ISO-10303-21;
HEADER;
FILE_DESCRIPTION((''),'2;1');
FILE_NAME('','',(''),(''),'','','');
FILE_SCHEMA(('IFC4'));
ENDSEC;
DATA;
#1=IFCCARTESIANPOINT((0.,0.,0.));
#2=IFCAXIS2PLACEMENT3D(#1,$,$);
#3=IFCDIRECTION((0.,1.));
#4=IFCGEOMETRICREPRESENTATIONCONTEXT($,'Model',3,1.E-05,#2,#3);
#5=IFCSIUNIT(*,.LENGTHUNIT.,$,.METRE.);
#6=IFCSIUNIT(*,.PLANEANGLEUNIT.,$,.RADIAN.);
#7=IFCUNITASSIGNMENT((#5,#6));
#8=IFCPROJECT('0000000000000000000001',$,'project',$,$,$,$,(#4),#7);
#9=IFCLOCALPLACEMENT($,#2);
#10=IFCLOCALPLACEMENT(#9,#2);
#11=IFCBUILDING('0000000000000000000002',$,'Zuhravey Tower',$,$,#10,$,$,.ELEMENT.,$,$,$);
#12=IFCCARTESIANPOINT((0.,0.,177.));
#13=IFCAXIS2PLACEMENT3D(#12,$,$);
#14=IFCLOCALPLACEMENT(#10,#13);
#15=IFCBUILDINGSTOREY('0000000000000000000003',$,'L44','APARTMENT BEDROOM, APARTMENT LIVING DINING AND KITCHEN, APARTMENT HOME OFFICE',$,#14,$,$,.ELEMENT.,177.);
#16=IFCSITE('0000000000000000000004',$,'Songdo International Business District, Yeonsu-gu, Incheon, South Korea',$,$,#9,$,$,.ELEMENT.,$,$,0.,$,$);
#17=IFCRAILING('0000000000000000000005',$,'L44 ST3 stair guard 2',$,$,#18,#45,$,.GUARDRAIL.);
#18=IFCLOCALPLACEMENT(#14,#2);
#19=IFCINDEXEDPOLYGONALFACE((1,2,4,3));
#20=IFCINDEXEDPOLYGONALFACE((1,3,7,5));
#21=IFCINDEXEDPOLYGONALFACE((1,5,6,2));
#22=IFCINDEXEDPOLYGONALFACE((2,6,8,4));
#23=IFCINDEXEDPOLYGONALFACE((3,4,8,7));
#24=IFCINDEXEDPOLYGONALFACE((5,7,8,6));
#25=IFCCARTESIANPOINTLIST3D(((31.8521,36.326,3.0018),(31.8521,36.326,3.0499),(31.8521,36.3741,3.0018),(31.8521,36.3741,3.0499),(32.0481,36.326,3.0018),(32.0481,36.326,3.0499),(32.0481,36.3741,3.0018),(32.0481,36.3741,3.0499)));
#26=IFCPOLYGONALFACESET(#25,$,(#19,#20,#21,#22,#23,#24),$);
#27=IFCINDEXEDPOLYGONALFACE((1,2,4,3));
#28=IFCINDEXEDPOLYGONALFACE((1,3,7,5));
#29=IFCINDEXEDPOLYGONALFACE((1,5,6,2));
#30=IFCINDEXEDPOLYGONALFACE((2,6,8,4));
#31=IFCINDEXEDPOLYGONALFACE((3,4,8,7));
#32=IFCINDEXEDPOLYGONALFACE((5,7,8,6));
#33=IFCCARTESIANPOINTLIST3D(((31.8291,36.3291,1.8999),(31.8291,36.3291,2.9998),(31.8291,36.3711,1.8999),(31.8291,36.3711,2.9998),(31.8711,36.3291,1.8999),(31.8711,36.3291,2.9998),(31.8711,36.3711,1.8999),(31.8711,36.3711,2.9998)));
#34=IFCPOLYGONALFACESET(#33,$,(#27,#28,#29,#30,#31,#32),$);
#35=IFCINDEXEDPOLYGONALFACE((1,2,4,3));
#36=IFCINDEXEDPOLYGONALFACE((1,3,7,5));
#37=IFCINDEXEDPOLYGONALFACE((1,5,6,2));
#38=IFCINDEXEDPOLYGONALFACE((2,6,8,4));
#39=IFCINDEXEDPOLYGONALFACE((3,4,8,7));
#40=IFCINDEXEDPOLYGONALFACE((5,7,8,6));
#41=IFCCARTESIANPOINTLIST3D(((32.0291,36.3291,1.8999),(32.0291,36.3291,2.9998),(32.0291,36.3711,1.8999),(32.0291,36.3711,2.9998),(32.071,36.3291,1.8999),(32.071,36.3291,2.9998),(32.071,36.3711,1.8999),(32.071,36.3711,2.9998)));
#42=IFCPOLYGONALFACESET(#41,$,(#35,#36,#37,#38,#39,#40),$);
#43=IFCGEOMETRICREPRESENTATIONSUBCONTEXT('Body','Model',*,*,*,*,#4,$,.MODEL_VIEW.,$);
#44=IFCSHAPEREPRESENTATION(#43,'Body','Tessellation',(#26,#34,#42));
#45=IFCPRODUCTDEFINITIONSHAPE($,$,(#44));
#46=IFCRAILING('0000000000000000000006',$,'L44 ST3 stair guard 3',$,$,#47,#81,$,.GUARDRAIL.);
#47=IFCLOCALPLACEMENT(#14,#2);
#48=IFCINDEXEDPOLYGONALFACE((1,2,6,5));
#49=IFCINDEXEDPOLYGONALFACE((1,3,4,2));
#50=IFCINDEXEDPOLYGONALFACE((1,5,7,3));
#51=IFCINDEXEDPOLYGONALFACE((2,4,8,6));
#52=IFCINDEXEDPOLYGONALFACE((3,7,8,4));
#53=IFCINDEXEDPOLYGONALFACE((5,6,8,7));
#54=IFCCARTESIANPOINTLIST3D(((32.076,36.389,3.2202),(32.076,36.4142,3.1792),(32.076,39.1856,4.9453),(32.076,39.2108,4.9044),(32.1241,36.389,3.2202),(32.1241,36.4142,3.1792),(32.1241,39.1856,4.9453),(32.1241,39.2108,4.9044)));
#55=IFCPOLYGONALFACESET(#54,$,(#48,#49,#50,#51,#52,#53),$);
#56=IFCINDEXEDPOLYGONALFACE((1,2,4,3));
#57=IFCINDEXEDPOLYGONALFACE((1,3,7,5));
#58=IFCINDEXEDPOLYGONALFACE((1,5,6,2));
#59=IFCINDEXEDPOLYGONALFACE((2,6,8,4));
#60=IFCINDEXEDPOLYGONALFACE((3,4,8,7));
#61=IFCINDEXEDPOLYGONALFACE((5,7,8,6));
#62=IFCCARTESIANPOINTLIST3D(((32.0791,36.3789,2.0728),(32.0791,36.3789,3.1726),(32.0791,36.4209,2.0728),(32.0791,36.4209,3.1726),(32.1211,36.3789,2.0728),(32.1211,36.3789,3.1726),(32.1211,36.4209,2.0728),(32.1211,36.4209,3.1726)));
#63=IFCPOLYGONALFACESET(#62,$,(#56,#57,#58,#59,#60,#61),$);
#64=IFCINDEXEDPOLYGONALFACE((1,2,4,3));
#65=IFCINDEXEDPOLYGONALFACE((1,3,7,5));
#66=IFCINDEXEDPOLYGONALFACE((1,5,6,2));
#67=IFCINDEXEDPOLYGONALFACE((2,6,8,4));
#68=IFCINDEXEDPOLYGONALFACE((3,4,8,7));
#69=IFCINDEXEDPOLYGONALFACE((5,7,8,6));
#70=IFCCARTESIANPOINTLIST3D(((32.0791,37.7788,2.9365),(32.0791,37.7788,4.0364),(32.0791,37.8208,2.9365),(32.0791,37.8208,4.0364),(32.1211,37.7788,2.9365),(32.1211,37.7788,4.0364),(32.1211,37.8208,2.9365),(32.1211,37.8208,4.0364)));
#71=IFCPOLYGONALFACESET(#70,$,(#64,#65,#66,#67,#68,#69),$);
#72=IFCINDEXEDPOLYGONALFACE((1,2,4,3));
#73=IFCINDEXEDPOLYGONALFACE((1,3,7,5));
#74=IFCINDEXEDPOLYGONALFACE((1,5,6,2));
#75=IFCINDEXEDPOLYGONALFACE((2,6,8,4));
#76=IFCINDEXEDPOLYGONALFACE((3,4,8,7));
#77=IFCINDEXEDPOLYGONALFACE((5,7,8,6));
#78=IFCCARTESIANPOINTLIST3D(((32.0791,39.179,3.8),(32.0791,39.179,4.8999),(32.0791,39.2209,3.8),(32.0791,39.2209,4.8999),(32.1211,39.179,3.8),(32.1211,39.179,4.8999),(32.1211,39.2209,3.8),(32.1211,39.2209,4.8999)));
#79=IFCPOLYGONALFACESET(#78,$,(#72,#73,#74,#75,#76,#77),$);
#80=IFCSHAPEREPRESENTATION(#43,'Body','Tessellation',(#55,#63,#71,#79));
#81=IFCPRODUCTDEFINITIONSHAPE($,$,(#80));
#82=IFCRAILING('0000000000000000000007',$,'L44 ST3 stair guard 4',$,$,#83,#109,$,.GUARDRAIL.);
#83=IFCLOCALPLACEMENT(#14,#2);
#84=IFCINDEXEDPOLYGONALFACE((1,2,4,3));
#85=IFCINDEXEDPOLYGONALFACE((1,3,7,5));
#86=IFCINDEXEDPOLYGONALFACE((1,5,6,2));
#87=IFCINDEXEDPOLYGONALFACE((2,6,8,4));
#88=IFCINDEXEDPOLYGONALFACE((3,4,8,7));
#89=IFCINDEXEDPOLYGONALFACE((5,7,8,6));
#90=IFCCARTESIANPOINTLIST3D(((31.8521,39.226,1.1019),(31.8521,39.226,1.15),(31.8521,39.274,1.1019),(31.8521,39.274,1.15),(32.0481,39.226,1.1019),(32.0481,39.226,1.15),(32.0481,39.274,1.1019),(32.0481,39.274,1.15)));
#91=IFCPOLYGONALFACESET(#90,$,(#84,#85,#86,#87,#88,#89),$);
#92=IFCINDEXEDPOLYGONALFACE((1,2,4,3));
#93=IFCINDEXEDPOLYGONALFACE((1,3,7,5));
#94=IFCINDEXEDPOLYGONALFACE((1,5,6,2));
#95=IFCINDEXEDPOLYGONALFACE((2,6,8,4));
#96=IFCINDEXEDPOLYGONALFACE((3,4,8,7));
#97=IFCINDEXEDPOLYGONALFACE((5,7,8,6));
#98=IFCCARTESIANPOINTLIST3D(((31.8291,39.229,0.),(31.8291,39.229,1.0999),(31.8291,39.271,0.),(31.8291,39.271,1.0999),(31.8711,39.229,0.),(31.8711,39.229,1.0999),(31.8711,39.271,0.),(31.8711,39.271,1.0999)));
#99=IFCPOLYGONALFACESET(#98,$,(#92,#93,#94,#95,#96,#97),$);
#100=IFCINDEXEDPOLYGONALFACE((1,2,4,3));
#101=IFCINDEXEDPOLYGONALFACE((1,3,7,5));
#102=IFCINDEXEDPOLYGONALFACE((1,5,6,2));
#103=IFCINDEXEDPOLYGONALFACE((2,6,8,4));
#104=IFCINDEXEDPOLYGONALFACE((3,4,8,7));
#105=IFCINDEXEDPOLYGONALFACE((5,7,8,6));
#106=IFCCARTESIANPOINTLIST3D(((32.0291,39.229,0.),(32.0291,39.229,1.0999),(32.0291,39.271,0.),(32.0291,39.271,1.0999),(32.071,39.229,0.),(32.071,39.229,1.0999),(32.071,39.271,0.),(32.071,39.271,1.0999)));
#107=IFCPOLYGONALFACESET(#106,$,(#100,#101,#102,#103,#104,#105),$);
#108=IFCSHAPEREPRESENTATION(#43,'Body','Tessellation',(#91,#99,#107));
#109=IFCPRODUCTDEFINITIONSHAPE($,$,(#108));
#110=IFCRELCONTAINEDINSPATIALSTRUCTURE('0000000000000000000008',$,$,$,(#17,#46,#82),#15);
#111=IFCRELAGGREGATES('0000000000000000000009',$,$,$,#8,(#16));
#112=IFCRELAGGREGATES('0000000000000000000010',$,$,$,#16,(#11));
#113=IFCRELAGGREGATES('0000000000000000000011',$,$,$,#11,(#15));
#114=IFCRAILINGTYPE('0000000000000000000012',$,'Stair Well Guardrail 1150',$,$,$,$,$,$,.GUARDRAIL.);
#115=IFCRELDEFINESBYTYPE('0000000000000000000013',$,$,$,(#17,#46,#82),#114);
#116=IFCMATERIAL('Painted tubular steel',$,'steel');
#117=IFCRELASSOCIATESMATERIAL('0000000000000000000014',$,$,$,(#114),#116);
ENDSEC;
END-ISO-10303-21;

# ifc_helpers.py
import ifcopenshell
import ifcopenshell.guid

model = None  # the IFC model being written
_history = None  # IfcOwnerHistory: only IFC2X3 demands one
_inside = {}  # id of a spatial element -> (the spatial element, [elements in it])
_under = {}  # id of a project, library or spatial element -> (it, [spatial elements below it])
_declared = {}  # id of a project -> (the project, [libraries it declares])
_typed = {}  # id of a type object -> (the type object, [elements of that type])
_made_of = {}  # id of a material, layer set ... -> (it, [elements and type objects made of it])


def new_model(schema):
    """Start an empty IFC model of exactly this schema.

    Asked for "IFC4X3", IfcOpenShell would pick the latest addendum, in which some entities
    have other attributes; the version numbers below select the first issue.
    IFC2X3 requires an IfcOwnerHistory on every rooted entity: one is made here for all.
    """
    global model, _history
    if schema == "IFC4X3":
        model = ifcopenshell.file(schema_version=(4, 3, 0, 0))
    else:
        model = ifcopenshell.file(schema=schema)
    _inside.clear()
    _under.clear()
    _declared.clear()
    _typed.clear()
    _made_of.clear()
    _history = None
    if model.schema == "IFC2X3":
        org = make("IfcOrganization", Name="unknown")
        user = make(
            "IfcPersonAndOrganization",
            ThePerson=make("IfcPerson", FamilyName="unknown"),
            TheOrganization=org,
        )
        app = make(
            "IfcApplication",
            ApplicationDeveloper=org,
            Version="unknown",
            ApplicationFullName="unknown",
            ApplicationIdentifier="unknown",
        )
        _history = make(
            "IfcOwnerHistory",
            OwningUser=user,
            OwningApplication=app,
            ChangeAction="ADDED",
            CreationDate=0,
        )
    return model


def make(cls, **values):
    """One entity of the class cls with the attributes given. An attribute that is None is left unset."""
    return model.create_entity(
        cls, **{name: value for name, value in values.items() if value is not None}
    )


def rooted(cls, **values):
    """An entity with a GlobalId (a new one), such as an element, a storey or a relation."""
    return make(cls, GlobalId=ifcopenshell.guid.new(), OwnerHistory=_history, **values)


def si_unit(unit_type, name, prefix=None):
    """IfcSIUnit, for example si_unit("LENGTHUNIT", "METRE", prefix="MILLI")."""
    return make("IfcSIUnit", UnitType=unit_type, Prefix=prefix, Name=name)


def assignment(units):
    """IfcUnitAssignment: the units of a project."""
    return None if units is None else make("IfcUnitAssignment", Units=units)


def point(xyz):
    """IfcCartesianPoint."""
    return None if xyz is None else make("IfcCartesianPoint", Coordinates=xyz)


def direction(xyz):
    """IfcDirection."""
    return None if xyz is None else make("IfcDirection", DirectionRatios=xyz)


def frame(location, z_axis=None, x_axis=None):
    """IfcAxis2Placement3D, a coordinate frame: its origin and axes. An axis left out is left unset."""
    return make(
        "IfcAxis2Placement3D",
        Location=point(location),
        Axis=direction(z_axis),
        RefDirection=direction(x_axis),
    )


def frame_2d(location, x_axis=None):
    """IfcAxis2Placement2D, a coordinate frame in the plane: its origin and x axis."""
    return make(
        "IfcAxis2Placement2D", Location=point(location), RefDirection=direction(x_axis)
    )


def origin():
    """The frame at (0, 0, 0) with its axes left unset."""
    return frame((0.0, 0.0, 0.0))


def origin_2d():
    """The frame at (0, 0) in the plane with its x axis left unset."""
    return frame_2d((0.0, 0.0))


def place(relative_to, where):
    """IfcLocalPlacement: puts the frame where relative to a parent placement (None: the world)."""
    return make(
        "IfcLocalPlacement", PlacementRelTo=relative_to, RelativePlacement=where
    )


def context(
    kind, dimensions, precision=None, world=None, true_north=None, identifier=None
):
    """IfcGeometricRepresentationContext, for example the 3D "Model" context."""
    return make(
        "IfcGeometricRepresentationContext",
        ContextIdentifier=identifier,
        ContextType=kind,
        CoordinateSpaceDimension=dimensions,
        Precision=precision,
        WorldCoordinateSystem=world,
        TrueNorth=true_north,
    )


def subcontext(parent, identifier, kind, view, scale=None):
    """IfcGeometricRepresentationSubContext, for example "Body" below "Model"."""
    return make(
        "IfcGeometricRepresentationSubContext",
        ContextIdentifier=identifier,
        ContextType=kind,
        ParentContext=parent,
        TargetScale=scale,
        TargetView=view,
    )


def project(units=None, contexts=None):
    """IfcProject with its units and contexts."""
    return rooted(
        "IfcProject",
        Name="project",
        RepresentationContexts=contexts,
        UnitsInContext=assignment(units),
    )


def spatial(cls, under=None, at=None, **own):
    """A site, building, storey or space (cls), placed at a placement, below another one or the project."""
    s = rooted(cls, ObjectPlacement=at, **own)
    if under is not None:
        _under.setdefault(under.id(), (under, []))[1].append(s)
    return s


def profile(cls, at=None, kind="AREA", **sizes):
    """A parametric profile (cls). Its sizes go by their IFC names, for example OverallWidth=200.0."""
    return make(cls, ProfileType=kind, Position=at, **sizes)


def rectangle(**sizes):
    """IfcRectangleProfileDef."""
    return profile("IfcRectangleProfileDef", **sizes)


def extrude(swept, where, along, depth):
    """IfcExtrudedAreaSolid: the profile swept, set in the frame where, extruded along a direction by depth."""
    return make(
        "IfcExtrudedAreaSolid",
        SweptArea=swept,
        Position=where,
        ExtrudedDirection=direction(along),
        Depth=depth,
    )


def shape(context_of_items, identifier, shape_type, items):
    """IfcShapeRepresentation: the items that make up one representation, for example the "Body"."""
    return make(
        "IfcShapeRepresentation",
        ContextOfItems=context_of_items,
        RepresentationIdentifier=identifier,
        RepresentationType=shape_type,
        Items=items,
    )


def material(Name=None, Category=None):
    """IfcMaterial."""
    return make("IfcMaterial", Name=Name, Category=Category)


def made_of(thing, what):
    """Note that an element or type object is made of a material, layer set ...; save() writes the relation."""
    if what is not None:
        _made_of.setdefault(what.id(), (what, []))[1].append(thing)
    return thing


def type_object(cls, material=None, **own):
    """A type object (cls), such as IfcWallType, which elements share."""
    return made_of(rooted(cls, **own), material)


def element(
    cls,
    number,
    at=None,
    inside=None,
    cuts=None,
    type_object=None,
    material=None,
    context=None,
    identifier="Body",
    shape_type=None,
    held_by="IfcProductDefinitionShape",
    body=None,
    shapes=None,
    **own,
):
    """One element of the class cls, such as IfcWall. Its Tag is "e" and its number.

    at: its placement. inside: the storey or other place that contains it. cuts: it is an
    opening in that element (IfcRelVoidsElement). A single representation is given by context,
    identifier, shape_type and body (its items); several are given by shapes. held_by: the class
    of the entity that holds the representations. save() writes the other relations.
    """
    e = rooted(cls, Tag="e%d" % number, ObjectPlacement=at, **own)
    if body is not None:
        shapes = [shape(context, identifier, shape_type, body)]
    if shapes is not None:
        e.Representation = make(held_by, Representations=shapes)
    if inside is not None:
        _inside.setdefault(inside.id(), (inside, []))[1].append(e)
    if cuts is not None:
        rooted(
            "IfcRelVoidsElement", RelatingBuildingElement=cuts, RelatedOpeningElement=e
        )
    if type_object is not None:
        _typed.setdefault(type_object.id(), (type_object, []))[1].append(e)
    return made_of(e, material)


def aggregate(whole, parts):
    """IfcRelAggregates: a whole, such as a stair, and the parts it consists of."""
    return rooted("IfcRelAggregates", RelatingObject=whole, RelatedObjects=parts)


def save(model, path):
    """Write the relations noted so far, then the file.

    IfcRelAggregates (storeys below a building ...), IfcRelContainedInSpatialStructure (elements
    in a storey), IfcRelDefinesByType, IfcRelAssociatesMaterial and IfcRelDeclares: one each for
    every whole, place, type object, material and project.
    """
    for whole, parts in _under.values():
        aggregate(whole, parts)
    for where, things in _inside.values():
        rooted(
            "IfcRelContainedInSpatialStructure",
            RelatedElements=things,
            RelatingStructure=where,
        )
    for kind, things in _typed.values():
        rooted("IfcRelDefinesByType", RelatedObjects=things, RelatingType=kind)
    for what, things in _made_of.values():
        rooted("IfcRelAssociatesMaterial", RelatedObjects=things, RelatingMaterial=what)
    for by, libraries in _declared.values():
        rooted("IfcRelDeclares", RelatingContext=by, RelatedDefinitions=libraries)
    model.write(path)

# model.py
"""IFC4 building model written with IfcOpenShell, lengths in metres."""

from ifc_helpers import new_model, si_unit, direction, frame, origin, origin_2d, place, context, subcontext, project, spatial, rectangle, extrude, material, type_object, element, save


model = new_model("IFC4")

# Units and contexts
model_context = context("Model", 3, precision=1e-05, world=origin(), true_north=direction((0.0, 1.0)))
body_context = subcontext(model_context, "Body", "Model", "MODEL_VIEW")
ifc_project = project(units=[si_unit("LENGTHUNIT", "METRE"), si_unit("PLANEANGLEUNIT", "RADIAN")], contexts=[model_context])

# Site, building, storey
site_placement = place(None, origin())
site = spatial("IfcSite", under=ifc_project, at=site_placement, Name="Songdo International Business District, Yeonsu-gu, Incheon, South Korea", CompositionType="ELEMENT", RefElevation=0.0)
building_placement = place(site_placement, origin())
building = spatial("IfcBuilding", under=site, at=building_placement, Name="Zuhravey Tower", CompositionType="ELEMENT")
storey_placement = place(building_placement, frame((0.0, 0.0, 177.0)))
storey = spatial("IfcBuildingStorey", under=building, at=storey_placement, Name="L44", Description="APARTMENT BEDROOM, APARTMENT LIVING DINING AND KITCHEN, APARTMENT HOME OFFICE", CompositionType="ELEMENT", Elevation=177.0)

# Railings
ifc_material_1 = material(Name="Painted tubular steel", Category="steel")
railing_type_1 = type_object("IfcRailingType", Name="Stair Well Guardrail 1150", PredefinedType="GUARDRAIL", material=ifc_material_1)
railing_1_placement = place(storey_placement, frame((31.8501, 36.3501, 1.8999)))
element("IfcRailing", 1, at=railing_1_placement, inside=storey, type_object=railing_type_1, Name="L44 ST3 stair guard 2", PredefinedType="GUARDRAIL", context=body_context, shape_type="SweptSolid", body=[
    extrude(rectangle(XDim=0.0481, YDim=0.0481, at=origin_2d()), frame((0.002, 0.0, 1.126), z_axis=(1.0, 0.0, 0.0), x_axis=(0.0, 1.0, 0.0)), (0.0, 0.0, 1.0), 0.196),
    extrude(rectangle(XDim=0.042, YDim=0.042, at=origin_2d()), origin(), (0.0, 0.0, 1.0), 1.0999),
    extrude(rectangle(XDim=0.042, YDim=0.042, at=origin_2d()), frame((0.2, 0.0, 0.0)), (0.0, 0.0, 1.0), 1.0999),
])
railing_2_placement = place(storey_placement, frame((32.1001, 36.3999, 2.0728)))
element("IfcRailing", 2, at=railing_2_placement, inside=storey, type_object=railing_type_1, Name="L44 ST3 stair guard 3", PredefinedType="GUARDRAIL", context=body_context, shape_type="SweptSolid", body=[
    extrude(rectangle(XDim=0.0481, YDim=0.0481, at=origin_2d()), frame((0.0, 0.0017, 1.127), z_axis=(0.0, 0.85109, 0.52502), x_axis=(-1.0, 0.0, 0.0)), (0.0, 0.0, 1.0), 3.2859),
    extrude(rectangle(XDim=0.042, YDim=0.042, at=origin_2d()), origin(), (0.0, 0.0, 1.0), 1.0999),
    extrude(rectangle(XDim=0.042, YDim=0.042, at=origin_2d()), frame((0.0, 1.3999, 0.8638)), (0.0, 0.0, 1.0), 1.0999),
    extrude(rectangle(XDim=0.042, YDim=0.042, at=origin_2d()), frame((0.0, 2.8, 1.7273)), (0.0, 0.0, 1.0), 1.0999),
])
railing_3_placement = place(storey_placement, frame((31.8501, 39.25, 0.0)))
element("IfcRailing", 3, at=railing_3_placement, inside=storey, type_object=railing_type_1, Name="L44 ST3 stair guard 4", PredefinedType="GUARDRAIL", context=body_context, shape_type="SweptSolid", body=[
    extrude(rectangle(XDim=0.0481, YDim=0.0481, at=origin_2d()), frame((0.002, 0.0, 1.126), z_axis=(1.0, 0.0, 0.0), x_axis=(0.0, 1.0, 0.0)), (0.0, 0.0, 1.0), 0.196),
    extrude(rectangle(XDim=0.042, YDim=0.042, at=origin_2d()), origin(), (0.0, 0.0, 1.0), 1.0999),
    extrude(rectangle(XDim=0.042, YDim=0.042, at=origin_2d()), frame((0.2, 0.0, 0.0)), (0.0, 0.0, 1.0), 1.0999),
])

save(model, "model.ifc")
